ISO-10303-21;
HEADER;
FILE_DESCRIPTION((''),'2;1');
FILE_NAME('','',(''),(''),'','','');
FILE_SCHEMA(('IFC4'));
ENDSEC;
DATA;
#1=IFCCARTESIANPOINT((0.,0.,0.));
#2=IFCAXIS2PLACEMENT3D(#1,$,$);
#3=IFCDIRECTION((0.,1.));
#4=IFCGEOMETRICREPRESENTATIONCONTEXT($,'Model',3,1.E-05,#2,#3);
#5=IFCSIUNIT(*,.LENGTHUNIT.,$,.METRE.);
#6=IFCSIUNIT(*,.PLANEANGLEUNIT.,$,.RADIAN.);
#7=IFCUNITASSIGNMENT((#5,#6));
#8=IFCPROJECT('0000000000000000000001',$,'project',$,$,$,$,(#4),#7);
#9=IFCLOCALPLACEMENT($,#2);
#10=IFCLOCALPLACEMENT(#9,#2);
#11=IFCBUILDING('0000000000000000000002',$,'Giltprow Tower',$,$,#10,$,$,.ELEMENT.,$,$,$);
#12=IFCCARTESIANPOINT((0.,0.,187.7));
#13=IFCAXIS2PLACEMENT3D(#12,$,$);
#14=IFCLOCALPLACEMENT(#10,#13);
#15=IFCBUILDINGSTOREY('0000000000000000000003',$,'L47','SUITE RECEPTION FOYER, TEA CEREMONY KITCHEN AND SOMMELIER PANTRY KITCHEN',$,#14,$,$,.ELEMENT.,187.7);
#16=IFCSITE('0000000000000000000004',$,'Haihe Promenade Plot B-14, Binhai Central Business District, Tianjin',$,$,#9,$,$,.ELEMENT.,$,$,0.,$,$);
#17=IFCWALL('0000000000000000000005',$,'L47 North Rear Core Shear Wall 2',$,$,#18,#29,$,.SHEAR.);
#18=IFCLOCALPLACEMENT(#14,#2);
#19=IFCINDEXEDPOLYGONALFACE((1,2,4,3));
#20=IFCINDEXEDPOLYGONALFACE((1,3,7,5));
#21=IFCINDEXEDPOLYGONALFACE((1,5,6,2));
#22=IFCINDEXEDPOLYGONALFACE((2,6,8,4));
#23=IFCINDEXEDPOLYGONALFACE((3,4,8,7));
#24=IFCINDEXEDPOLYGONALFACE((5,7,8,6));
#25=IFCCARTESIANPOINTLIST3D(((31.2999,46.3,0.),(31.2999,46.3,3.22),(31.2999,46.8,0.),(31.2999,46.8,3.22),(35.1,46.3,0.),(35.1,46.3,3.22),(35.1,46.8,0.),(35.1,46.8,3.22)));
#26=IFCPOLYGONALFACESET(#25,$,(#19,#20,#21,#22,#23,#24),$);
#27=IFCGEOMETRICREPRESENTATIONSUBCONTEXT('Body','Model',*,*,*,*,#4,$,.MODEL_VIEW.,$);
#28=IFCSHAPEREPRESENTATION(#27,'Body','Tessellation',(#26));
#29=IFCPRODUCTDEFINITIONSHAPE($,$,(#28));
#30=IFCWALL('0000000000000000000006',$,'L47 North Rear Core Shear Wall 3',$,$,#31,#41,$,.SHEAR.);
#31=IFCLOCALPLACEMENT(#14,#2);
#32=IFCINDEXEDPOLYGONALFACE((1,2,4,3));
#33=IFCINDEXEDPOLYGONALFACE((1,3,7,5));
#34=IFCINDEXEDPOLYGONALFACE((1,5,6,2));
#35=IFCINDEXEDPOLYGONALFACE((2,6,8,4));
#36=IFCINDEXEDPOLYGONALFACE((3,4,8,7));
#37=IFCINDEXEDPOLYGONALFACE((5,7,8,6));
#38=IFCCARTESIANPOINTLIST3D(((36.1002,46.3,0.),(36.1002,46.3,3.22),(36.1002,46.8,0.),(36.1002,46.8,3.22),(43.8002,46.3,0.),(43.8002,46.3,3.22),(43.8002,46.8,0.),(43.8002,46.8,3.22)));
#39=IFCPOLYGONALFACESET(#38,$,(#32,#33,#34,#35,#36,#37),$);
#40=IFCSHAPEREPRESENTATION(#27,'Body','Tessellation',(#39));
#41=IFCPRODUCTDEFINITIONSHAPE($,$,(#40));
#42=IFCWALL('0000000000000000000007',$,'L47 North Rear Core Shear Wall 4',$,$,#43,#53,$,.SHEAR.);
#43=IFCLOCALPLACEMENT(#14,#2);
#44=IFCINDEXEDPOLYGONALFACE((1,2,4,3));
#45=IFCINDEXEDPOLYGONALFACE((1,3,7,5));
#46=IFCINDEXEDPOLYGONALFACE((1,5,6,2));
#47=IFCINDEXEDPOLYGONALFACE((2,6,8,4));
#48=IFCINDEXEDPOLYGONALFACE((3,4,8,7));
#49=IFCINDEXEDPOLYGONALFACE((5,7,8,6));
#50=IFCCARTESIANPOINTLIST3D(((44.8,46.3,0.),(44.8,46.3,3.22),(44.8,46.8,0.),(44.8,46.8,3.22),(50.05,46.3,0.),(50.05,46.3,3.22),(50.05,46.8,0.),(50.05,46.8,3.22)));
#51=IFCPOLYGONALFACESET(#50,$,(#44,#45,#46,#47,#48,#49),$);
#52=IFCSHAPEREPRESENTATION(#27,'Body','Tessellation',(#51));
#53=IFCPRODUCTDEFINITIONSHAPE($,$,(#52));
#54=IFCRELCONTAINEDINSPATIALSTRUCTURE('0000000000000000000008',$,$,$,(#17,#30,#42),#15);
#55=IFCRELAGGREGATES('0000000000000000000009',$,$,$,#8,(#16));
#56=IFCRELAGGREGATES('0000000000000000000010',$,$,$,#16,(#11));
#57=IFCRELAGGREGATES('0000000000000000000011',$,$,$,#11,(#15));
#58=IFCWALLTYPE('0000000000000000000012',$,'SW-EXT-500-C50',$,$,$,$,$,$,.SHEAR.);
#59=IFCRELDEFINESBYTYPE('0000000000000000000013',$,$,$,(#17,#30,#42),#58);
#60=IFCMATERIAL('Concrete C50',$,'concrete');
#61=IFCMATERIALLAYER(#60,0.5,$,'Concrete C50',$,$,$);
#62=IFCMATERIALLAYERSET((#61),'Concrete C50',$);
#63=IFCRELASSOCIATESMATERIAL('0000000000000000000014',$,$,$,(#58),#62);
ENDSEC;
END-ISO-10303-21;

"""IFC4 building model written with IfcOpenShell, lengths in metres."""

from ifc_helpers import new_model, si_unit, direction, frame, frame_2d, origin, place, context, subcontext, project, spatial, rectangle, extrude, material, layer, layer_set, type_object, element, save


model = new_model("IFC4")

# Units and contexts
model_context = context("Model", 3, precision=1e-05, world=origin(), true_north=direction((0.0, 1.0)))
body_context = subcontext(model_context, "Body", "Model", "MODEL_VIEW")
ifc_project = project(units=[si_unit("LENGTHUNIT", "METRE"), si_unit("PLANEANGLEUNIT", "RADIAN")], contexts=[model_context])

# Site, building, storey
site_placement = place(None, origin())
site = spatial("IfcSite", under=ifc_project, at=site_placement, Name="Haihe Promenade Plot B-14, Binhai Central Business District, Tianjin", CompositionType="ELEMENT", RefElevation=0.0)
building_placement = place(site_placement, origin())
building = spatial("IfcBuilding", under=site, at=building_placement, Name="Giltprow Tower", CompositionType="ELEMENT")
storey_placement = place(building_placement, frame((0.0, 0.0, 187.7)))
storey = spatial("IfcBuildingStorey", under=building, at=storey_placement, Name="L47", Description="SUITE RECEPTION FOYER, TEA CEREMONY KITCHEN AND SOMMELIER PANTRY KITCHEN", CompositionType="ELEMENT", Elevation=187.7)

# Shared definitions
ifc_material_1 = material(Name="Concrete C50", Category="concrete")

# Walls
ifc_layer_1 = layer(ifc_material_1, 0.5, Name="Concrete C50")
ifc_layer_set_1 = layer_set([ifc_layer_1], Name="Concrete C50")
wall_type_1 = type_object("IfcWallType", Name="SW-EXT-500-C50", PredefinedType="SHEAR", material=ifc_layer_set_1)
wall_1_placement = place(storey_placement, frame((31.3, 46.55, 0.0), z_axis=(0.0, 0.0, 1.0), x_axis=(1.0, 0.0, 0.0)))
element("IfcWall", 1, at=wall_1_placement, inside=storey, type_object=wall_type_1, Name="L47 North Rear Core Shear Wall 2", PredefinedType="SHEAR", context=body_context, shape_type="SweptSolid", body=[
    extrude(rectangle(XDim=3.8, YDim=0.5, at=frame_2d((1.8999, 0.0))), origin(), (0.0, 0.0, 1.0), 3.22),
])
wall_2_placement = place(storey_placement, frame((36.1001, 46.55, 0.0), z_axis=(0.0, 0.0, 1.0), x_axis=(1.0, 0.0, 0.0)))
element("IfcWall", 2, at=wall_2_placement, inside=storey, type_object=wall_type_1, Name="L47 North Rear Core Shear Wall 3", PredefinedType="SHEAR", context=body_context, shape_type="SweptSolid", body=[
    extrude(rectangle(XDim=7.7, YDim=0.5, at=frame_2d((3.8501, 0.0))), origin(), (0.0, 0.0, 1.0), 3.22),
])
wall_3_placement = place(storey_placement, frame((44.8, 46.55, 0.0), z_axis=(0.0, 0.0, 1.0), x_axis=(1.0, 0.0, 0.0)))
element("IfcWall", 3, at=wall_3_placement, inside=storey, type_object=wall_type_1, Name="L47 North Rear Core Shear Wall 4", PredefinedType="SHEAR", context=body_context, shape_type="SweptSolid", body=[
    extrude(rectangle(XDim=5.25, YDim=0.5, at=frame_2d((2.625, 0.0))), origin(), (0.0, 0.0, 1.0), 3.22),
])

save(model, "model.ifc")
